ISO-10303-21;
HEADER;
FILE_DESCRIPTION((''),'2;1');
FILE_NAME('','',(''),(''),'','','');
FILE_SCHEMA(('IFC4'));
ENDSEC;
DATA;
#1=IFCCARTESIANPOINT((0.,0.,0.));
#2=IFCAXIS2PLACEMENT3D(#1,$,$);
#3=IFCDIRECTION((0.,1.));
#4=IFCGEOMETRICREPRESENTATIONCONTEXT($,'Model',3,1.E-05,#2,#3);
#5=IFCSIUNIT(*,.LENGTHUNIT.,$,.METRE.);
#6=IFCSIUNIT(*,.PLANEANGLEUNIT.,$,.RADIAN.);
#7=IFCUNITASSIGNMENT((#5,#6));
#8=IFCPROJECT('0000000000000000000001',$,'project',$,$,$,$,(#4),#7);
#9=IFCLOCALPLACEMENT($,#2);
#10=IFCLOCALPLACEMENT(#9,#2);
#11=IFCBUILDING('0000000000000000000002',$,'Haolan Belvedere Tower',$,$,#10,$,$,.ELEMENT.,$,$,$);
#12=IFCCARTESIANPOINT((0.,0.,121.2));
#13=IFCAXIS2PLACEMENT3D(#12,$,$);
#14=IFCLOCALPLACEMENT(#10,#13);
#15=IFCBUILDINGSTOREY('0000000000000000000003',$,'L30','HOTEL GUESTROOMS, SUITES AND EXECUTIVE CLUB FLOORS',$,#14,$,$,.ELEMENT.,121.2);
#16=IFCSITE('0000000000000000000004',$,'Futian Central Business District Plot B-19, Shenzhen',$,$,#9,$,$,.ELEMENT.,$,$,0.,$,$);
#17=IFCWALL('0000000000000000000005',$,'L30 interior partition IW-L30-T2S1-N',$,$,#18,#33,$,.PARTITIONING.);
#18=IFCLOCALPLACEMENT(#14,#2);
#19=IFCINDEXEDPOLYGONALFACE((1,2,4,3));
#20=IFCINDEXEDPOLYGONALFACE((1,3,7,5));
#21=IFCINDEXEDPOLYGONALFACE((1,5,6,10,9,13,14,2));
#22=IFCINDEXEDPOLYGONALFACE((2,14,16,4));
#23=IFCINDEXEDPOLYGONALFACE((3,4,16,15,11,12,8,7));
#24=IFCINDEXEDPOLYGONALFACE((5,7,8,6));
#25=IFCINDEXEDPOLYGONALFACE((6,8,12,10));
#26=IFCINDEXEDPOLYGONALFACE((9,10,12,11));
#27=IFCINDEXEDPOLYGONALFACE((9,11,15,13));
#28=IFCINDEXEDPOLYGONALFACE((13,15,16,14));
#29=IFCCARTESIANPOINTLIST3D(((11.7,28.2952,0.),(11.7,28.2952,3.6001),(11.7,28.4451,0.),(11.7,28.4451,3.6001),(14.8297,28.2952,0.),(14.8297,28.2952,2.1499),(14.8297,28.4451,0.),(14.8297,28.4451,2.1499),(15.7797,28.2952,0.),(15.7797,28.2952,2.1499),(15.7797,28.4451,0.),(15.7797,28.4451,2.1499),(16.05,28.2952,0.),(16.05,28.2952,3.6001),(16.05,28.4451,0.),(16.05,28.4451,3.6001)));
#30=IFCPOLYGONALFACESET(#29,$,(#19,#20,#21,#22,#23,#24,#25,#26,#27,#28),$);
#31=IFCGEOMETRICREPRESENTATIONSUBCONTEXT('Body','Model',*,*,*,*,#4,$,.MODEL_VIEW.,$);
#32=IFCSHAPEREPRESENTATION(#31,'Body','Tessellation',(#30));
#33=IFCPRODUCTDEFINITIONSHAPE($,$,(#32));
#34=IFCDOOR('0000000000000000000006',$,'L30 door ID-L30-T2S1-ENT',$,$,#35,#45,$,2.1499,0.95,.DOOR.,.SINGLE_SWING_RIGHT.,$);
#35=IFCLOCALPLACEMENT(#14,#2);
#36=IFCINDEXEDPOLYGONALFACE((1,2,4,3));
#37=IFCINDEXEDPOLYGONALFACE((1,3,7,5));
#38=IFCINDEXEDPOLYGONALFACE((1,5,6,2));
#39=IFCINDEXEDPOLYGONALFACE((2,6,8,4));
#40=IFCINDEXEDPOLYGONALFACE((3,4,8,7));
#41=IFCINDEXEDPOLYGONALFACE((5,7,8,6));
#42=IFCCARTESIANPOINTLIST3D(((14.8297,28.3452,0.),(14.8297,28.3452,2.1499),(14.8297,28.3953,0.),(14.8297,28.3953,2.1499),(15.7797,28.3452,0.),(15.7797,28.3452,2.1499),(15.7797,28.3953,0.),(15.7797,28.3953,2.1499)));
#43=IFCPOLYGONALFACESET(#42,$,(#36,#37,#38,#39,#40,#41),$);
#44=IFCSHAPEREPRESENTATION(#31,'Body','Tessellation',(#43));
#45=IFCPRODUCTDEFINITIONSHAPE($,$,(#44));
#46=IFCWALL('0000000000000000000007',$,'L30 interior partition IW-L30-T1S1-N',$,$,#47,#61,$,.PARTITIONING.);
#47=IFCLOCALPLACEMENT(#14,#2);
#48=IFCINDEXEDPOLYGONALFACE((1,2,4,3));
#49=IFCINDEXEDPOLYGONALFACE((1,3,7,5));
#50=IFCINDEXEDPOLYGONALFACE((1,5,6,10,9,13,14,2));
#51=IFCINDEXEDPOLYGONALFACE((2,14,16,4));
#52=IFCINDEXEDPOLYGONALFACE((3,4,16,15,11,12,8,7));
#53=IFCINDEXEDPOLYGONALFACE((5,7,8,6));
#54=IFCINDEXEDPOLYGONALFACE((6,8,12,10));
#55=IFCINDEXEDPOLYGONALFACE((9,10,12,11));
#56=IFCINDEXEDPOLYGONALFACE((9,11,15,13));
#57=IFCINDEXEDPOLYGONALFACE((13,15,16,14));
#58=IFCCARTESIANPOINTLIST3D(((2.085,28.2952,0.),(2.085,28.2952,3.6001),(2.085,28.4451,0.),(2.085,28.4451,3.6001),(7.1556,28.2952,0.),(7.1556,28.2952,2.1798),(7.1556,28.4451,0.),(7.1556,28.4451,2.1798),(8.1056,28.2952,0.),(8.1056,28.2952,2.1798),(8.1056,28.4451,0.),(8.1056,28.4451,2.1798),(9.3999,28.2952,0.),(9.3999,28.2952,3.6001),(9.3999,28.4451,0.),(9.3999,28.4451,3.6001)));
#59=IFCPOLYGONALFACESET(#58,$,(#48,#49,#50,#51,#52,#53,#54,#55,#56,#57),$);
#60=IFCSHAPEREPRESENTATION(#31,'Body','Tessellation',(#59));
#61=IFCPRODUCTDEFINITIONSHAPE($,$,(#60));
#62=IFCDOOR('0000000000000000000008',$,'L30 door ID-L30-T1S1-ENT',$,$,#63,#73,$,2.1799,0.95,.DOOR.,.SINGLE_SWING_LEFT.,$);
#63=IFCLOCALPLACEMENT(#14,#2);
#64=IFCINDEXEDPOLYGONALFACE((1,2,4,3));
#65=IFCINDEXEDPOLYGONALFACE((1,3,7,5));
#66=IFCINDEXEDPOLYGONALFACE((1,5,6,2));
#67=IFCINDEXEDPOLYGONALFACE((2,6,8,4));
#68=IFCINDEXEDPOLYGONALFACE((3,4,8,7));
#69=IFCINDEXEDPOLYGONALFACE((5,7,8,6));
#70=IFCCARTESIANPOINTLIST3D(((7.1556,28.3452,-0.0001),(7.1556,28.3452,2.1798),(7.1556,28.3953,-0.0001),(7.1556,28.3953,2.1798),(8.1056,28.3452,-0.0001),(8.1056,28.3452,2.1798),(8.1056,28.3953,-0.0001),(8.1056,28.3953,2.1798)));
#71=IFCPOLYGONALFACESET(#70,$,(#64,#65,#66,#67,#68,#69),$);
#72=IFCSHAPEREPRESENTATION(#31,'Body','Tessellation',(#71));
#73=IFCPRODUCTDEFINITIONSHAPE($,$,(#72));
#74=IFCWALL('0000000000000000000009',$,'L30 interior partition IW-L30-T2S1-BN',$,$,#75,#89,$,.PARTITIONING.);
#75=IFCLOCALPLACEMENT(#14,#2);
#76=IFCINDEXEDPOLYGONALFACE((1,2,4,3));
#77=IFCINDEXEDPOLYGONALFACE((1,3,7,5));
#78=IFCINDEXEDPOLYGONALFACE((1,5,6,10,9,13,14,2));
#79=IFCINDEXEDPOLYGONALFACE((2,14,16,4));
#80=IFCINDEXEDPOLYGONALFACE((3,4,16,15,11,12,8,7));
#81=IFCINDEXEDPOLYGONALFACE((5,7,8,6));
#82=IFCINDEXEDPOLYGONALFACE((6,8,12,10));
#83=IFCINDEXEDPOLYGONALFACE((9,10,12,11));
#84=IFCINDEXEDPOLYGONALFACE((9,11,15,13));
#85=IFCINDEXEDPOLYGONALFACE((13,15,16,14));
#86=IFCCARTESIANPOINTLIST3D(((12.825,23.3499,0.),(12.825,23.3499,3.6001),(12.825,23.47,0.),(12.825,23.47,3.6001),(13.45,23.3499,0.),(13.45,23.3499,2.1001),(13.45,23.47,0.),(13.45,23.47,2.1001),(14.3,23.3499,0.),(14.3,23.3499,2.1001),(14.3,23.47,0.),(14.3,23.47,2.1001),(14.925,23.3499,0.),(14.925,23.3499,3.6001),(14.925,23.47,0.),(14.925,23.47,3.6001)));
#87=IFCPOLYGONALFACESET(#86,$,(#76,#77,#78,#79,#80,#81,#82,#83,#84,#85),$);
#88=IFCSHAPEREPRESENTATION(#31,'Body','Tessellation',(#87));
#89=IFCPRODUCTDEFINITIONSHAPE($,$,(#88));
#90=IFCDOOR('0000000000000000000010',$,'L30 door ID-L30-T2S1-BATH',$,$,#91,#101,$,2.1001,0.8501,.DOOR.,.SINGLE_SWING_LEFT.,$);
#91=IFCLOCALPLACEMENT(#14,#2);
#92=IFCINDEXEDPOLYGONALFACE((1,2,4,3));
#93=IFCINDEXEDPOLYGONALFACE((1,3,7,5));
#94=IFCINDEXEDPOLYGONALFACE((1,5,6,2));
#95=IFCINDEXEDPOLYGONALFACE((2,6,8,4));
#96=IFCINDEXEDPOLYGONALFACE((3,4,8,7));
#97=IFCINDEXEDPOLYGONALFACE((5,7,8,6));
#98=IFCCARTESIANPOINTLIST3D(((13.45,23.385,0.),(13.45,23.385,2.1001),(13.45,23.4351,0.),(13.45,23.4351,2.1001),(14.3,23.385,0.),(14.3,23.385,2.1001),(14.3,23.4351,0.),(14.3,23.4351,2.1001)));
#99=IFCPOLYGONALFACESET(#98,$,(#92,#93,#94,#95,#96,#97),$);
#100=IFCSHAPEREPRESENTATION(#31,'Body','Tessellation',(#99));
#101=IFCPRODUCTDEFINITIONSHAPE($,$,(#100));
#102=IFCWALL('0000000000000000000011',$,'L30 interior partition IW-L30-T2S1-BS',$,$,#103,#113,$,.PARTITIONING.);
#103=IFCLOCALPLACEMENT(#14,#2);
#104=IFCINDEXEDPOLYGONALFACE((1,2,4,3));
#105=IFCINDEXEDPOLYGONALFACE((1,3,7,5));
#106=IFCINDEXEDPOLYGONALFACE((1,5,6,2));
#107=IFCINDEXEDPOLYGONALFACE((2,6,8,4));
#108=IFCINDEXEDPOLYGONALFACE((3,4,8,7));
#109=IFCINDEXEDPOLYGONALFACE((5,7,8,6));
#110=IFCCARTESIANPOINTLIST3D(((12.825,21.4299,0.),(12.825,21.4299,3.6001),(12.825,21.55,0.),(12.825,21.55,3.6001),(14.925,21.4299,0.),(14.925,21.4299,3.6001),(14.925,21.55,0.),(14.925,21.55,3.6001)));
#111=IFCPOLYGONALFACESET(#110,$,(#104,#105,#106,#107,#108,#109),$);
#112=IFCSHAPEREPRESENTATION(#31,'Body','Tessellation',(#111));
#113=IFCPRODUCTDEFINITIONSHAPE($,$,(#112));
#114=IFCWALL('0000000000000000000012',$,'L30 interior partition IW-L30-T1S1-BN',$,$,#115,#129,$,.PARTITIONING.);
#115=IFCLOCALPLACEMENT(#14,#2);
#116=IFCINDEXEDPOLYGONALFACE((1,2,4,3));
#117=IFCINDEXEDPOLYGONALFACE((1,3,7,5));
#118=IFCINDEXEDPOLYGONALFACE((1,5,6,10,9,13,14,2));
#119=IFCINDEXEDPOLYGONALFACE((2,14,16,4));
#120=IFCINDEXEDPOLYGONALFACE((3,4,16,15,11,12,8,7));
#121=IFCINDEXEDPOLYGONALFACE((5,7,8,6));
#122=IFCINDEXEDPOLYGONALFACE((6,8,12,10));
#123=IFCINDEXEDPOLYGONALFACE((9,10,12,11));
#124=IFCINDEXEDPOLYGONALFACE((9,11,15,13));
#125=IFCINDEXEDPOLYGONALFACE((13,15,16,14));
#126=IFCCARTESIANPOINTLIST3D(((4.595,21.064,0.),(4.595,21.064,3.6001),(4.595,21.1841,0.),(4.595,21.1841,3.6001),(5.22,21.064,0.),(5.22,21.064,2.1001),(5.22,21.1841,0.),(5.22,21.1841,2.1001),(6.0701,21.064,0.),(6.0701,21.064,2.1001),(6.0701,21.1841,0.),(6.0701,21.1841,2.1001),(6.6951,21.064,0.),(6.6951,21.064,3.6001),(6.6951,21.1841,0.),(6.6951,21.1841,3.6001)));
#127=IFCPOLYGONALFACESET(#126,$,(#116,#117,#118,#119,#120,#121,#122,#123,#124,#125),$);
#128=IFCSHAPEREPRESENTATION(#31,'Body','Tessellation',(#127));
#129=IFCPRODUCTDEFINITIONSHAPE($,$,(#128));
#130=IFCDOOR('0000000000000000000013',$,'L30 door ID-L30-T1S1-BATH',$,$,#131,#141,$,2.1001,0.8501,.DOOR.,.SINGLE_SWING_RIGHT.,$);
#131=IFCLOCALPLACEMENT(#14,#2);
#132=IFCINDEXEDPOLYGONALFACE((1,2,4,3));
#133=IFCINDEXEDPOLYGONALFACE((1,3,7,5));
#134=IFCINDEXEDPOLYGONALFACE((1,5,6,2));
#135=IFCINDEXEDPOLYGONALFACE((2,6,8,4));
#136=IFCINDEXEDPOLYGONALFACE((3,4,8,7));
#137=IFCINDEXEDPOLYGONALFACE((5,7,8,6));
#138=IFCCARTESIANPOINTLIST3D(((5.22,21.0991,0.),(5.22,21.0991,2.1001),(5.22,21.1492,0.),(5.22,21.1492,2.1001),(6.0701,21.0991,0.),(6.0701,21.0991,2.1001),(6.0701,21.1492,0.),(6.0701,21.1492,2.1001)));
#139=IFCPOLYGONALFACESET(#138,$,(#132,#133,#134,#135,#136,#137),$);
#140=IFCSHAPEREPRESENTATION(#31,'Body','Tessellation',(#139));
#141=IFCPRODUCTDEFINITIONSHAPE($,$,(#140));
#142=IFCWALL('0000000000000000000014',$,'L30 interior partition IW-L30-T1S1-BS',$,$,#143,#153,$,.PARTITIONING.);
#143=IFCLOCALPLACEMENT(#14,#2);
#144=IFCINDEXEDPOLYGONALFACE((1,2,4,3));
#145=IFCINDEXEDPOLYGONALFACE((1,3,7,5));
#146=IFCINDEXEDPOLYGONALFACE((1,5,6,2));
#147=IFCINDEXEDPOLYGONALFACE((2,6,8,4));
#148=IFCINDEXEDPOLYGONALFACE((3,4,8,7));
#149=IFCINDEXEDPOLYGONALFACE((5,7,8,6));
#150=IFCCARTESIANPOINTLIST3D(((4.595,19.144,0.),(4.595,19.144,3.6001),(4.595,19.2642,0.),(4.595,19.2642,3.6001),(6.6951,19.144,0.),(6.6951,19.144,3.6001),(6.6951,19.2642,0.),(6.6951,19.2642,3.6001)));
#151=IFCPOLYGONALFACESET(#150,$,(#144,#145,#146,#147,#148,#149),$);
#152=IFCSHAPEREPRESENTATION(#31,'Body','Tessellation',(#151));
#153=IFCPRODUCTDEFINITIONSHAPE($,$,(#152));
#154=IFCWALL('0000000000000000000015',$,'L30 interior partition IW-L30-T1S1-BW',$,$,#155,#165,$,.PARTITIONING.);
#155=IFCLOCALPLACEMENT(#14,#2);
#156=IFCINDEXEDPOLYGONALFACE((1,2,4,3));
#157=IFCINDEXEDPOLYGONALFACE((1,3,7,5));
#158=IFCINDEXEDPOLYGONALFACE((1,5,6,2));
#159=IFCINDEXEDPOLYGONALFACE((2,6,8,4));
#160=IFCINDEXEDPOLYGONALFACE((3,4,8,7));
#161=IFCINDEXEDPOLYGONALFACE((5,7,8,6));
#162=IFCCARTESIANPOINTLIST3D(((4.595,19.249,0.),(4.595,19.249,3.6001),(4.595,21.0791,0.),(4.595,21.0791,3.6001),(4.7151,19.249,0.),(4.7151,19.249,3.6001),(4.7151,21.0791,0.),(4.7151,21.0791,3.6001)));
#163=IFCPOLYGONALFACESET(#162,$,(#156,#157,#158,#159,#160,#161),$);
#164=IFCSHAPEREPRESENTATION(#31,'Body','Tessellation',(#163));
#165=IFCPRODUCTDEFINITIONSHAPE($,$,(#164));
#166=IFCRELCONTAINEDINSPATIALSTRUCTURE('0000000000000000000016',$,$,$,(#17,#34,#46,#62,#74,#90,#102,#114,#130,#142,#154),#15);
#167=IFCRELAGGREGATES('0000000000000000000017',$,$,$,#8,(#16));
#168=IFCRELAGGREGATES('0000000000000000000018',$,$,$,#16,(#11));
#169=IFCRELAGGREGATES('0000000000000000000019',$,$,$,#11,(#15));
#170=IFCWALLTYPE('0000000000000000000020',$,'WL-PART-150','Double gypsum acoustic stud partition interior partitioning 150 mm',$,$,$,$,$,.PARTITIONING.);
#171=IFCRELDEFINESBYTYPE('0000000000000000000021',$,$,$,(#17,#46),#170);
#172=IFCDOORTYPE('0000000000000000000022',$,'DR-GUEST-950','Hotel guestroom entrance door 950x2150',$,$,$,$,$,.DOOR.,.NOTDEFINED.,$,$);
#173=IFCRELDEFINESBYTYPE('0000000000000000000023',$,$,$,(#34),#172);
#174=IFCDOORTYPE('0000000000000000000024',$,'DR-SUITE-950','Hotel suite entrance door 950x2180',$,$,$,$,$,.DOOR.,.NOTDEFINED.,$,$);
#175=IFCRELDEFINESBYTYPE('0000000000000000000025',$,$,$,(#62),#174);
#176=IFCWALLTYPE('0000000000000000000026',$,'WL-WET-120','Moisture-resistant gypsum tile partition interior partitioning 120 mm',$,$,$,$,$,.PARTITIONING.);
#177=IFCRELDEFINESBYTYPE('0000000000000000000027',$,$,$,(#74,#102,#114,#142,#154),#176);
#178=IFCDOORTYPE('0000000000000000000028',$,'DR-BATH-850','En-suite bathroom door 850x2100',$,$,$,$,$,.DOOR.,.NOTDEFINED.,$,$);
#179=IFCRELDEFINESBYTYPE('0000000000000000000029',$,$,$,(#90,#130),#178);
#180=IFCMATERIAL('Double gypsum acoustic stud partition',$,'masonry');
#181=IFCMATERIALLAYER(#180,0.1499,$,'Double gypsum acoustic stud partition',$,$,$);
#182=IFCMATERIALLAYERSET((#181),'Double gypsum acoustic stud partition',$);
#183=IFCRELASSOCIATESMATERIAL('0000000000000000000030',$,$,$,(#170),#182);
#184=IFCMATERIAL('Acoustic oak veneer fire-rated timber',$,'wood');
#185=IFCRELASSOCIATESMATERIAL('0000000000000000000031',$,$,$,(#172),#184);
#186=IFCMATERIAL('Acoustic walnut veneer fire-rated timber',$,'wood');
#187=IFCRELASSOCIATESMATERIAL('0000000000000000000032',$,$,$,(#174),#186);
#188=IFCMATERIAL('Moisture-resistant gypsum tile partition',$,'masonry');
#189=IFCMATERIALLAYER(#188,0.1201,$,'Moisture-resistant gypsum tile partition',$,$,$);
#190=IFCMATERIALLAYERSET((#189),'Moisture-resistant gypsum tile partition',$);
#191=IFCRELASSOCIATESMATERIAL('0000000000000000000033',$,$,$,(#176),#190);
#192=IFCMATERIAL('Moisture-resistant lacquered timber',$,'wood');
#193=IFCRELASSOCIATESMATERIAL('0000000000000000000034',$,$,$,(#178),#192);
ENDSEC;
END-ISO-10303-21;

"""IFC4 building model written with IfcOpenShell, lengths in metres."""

from ifc_helpers import new_model, si_unit, direction, frame, frame_2d, origin, place, context, subcontext, project, spatial, rectangle, extrude, material, layer, layer_set, type_object, element, fill, save


model = new_model("IFC4")

# Units and contexts
model_context = context("Model", 3, precision=1e-05, world=origin(), true_north=direction((0.0, 1.0)))
body_context = subcontext(model_context, "Body", "Model", "MODEL_VIEW")
ifc_project = project(units=[si_unit("LENGTHUNIT", "METRE"), si_unit("PLANEANGLEUNIT", "RADIAN")], contexts=[model_context])

# Site, building, storey
site_placement = place(None, origin())
site = spatial("IfcSite", under=ifc_project, at=site_placement, Name="Futian Central Business District Plot B-19, Shenzhen", CompositionType="ELEMENT", RefElevation=0.0)
building_placement = place(site_placement, origin())
building = spatial("IfcBuilding", under=site, at=building_placement, Name="Haolan Belvedere Tower", CompositionType="ELEMENT")
storey_placement = place(building_placement, frame((0.0, 0.0, 121.2)))
storey = spatial("IfcBuildingStorey", under=building, at=storey_placement, Name="L30", Description="HOTEL GUESTROOMS, SUITES AND EXECUTIVE CLUB FLOORS", CompositionType="ELEMENT", Elevation=121.2)

# Walls, openings, doors
ifc_material_1 = material(Name="Double gypsum acoustic stud partition", Category="masonry")
ifc_layer_1 = layer(ifc_material_1, 0.1499, Name="Double gypsum acoustic stud partition")
ifc_layer_set_1 = layer_set([ifc_layer_1], Name="Double gypsum acoustic stud partition")
wall_type_1 = type_object("IfcWallType", Name="WL-PART-150", Description="Double gypsum acoustic stud partition interior partitioning 150 mm", PredefinedType="PARTITIONING", material=ifc_layer_set_1)
wall_1_placement = place(storey_placement, frame((11.7, 28.3701, 0.0), z_axis=(0.0, 0.0, 1.0), x_axis=(1.0, 0.0, 0.0)))
wall_1 = element("IfcWall", 1, at=wall_1_placement, inside=storey, type_object=wall_type_1, Name="L30 interior partition IW-L30-T2S1-N", PredefinedType="PARTITIONING", context=body_context, shape_type="SweptSolid", body=[
    extrude(rectangle(XDim=4.3501, YDim=0.1499, at=frame_2d((2.175, 0.0))), origin(), (0.0, 0.0, 1.0), 3.6001),
])
opening_1_placement = place(wall_1_placement, frame((4.0798, 0.0, 0.0), z_axis=(0.0, 0.0, 1.0), x_axis=(-1.0, 0.0, 0.0)))
opening_1 = element("IfcOpeningElement", 2, at=opening_1_placement, cuts=wall_1, PredefinedType="OPENING", context=body_context, shape_type="SweptSolid", body=[
    extrude(rectangle(XDim=0.95, YDim=2.1499, at=frame_2d((0.4751, 1.075))), frame((0.0, 0.085, 0.0), z_axis=(0.0, -1.0, 0.0), x_axis=(1.0, 0.0, 0.0)), (0.0, 0.0, 1.0), 0.1699),
])
ifc_material_2 = material(Name="Acoustic oak veneer fire-rated timber", Category="wood")
door_type_1 = type_object("IfcDoorType", Name="DR-GUEST-950", Description="Hotel guestroom entrance door 950x2150", OperationType="NOTDEFINED", PredefinedType="DOOR", material=ifc_material_2)
door_1_placement = place(opening_1_placement, origin())
door_1 = element("IfcDoor", 3, at=door_1_placement, inside=storey, type_object=door_type_1, Name="L30 door ID-L30-T2S1-ENT", OperationType="SINGLE_SWING_RIGHT", OverallHeight=2.1499, OverallWidth=0.95, PredefinedType="DOOR", context=body_context, shape_type="SweptSolid", body=[
    extrude(rectangle(XDim=0.95, YDim=2.1499, at=frame_2d((0.4751, 1.075))), frame((0.0, 0.0249, 0.0), z_axis=(0.0, -1.0, 0.0), x_axis=(1.0, 0.0, 0.0)), (0.0, 0.0, 1.0), 0.05),
])
fill(opening_1, door_1)
wall_2_placement = place(storey_placement, frame((2.085, 28.3701, 0.0), z_axis=(0.0, 0.0, 1.0), x_axis=(1.0, 0.0, 0.0)))
wall_2 = element("IfcWall", 4, at=wall_2_placement, inside=storey, type_object=wall_type_1, Name="L30 interior partition IW-L30-T1S1-N", PredefinedType="PARTITIONING", context=body_context, shape_type="SweptSolid", body=[
    extrude(rectangle(XDim=7.3149, YDim=0.1499, at=frame_2d((3.6575, 0.0))), origin(), (0.0, 0.0, 1.0), 3.6001),
])
opening_2_placement = place(wall_2_placement, frame((6.0208, 0.0, 0.0), z_axis=(0.0, 0.0, 1.0), x_axis=(-1.0, 0.0, 0.0)))
opening_2 = element("IfcOpeningElement", 5, at=opening_2_placement, cuts=wall_2, PredefinedType="OPENING", context=body_context, shape_type="SweptSolid", body=[
    extrude(rectangle(XDim=0.95, YDim=2.1799, at=frame_2d((0.4751, 1.0898))), frame((0.0, 0.085, 0.0), z_axis=(0.0, -1.0, 0.0), x_axis=(1.0, 0.0, 0.0)), (0.0, 0.0, 1.0), 0.1699),
])
ifc_material_3 = material(Name="Acoustic walnut veneer fire-rated timber", Category="wood")
door_type_2 = type_object("IfcDoorType", Name="DR-SUITE-950", Description="Hotel suite entrance door 950x2180", OperationType="NOTDEFINED", PredefinedType="DOOR", material=ifc_material_3)
door_2_placement = place(opening_2_placement, origin())
door_2 = element("IfcDoor", 6, at=door_2_placement, inside=storey, type_object=door_type_2, Name="L30 door ID-L30-T1S1-ENT", OperationType="SINGLE_SWING_LEFT", OverallHeight=2.1799, OverallWidth=0.95, PredefinedType="DOOR", context=body_context, shape_type="SweptSolid", body=[
    extrude(rectangle(XDim=0.95, YDim=2.1799, at=frame_2d((0.4751, 1.0898))), frame((0.0, 0.0249, 0.0), z_axis=(0.0, -1.0, 0.0), x_axis=(1.0, 0.0, 0.0)), (0.0, 0.0, 1.0), 0.05),
])
fill(opening_2, door_2)
ifc_material_4 = material(Name="Moisture-resistant gypsum tile partition", Category="masonry")
ifc_layer_2 = layer(ifc_material_4, 0.1201, Name="Moisture-resistant gypsum tile partition")
ifc_layer_set_2 = layer_set([ifc_layer_2], Name="Moisture-resistant gypsum tile partition")
wall_type_2 = type_object("IfcWallType", Name="WL-WET-120", Description="Moisture-resistant gypsum tile partition interior partitioning 120 mm", PredefinedType="PARTITIONING", material=ifc_layer_set_2)
wall_3_placement = place(storey_placement, frame((12.825, 23.4099, 0.0), z_axis=(0.0, 0.0, 1.0), x_axis=(1.0, 0.0, 0.0)))
wall_3 = element("IfcWall", 7, at=wall_3_placement, inside=storey, type_object=wall_type_2, Name="L30 interior partition IW-L30-T2S1-BN", PredefinedType="PARTITIONING", context=body_context, shape_type="SweptSolid", body=[
    extrude(rectangle(XDim=2.1001, YDim=0.1201, at=frame_2d((1.05, 0.0))), origin(), (0.0, 0.0, 1.0), 3.6001),
])
opening_3_placement = place(wall_3_placement, frame((1.4751, 0.0, 0.0), z_axis=(0.0, 0.0, 1.0), x_axis=(-1.0, 0.0, 0.0)))
opening_3 = element("IfcOpeningElement", 8, at=opening_3_placement, cuts=wall_3, PredefinedType="OPENING", context=body_context, shape_type="SweptSolid", body=[
    extrude(rectangle(XDim=0.8501, YDim=2.1001, at=frame_2d((0.425, 1.05))), frame((0.0, 0.0701, 0.0), z_axis=(0.0, -1.0, 0.0), x_axis=(1.0, 0.0, 0.0)), (0.0, 0.0, 1.0), 0.1401),
])
ifc_material_5 = material(Name="Moisture-resistant lacquered timber", Category="wood")
door_type_3 = type_object("IfcDoorType", Name="DR-BATH-850", Description="En-suite bathroom door 850x2100", OperationType="NOTDEFINED", PredefinedType="DOOR", material=ifc_material_5)
door_3_placement = place(opening_3_placement, origin())
door_3 = element("IfcDoor", 9, at=door_3_placement, inside=storey, type_object=door_type_3, Name="L30 door ID-L30-T2S1-BATH", OperationType="SINGLE_SWING_LEFT", OverallHeight=2.1001, OverallWidth=0.8501, PredefinedType="DOOR", context=body_context, shape_type="SweptSolid", body=[
    extrude(rectangle(XDim=0.8501, YDim=2.1001, at=frame_2d((0.425, 1.05))), frame((0.0, 0.0249, 0.0), z_axis=(0.0, -1.0, 0.0), x_axis=(1.0, 0.0, 0.0)), (0.0, 0.0, 1.0), 0.05),
])
fill(opening_3, door_3)

# Wall
wall_4_placement = place(storey_placement, frame((12.825, 21.49, 0.0), z_axis=(0.0, 0.0, 1.0), x_axis=(1.0, 0.0, 0.0)))
element("IfcWall", 10, at=wall_4_placement, inside=storey, type_object=wall_type_2, Name="L30 interior partition IW-L30-T2S1-BS", PredefinedType="PARTITIONING", context=body_context, shape_type="SweptSolid", body=[
    extrude(rectangle(XDim=2.1001, YDim=0.1201, at=frame_2d((1.05, 0.0))), origin(), (0.0, 0.0, 1.0), 3.6001),
])

# Wall, opening, door
wall_5_placement = place(storey_placement, frame((4.595, 21.124, 0.0), z_axis=(0.0, 0.0, 1.0), x_axis=(1.0, 0.0, 0.0)))
wall_5 = element("IfcWall", 11, at=wall_5_placement, inside=storey, type_object=wall_type_2, Name="L30 interior partition IW-L30-T1S1-BN", PredefinedType="PARTITIONING", context=body_context, shape_type="SweptSolid", body=[
    extrude(rectangle(XDim=2.1001, YDim=0.1201, at=frame_2d((1.05, 0.0))), origin(), (0.0, 0.0, 1.0), 3.6001),
])
opening_4_placement = place(wall_5_placement, frame((1.4751, 0.0, 0.0), z_axis=(0.0, 0.0, 1.0), x_axis=(-1.0, 0.0, 0.0)))
opening_4 = element("IfcOpeningElement", 12, at=opening_4_placement, cuts=wall_5, PredefinedType="OPENING", context=body_context, shape_type="SweptSolid", body=[
    extrude(rectangle(XDim=0.8501, YDim=2.1001, at=frame_2d((0.425, 1.05))), frame((0.0, 0.0701, 0.0), z_axis=(0.0, -1.0, 0.0), x_axis=(1.0, 0.0, 0.0)), (0.0, 0.0, 1.0), 0.1401),
])
door_4_placement = place(opening_4_placement, origin())
door_4 = element("IfcDoor", 13, at=door_4_placement, inside=storey, type_object=door_type_3, Name="L30 door ID-L30-T1S1-BATH", OperationType="SINGLE_SWING_RIGHT", OverallHeight=2.1001, OverallWidth=0.8501, PredefinedType="DOOR", context=body_context, shape_type="SweptSolid", body=[
    extrude(rectangle(XDim=0.8501, YDim=2.1001, at=frame_2d((0.425, 1.05))), frame((0.0, 0.0249, 0.0), z_axis=(0.0, -1.0, 0.0), x_axis=(1.0, 0.0, 0.0)), (0.0, 0.0, 1.0), 0.05),
])
fill(opening_4, door_4)

# Walls
wall_6_placement = place(storey_placement, frame((4.595, 19.2041, 0.0), z_axis=(0.0, 0.0, 1.0), x_axis=(1.0, 0.0, 0.0)))
element("IfcWall", 14, at=wall_6_placement, inside=storey, type_object=wall_type_2, Name="L30 interior partition IW-L30-T1S1-BS", PredefinedType="PARTITIONING", context=body_context, shape_type="SweptSolid", body=[
    extrude(rectangle(XDim=2.1001, YDim=0.1201, at=frame_2d((1.05, 0.0))), origin(), (0.0, 0.0, 1.0), 3.6001),
])
for number, where, z_axis, x_axis, name in (
    (15, (4.655, 19.249, 0.0), (0.0, 0.0, 1.0), (0.0, 1.0, 0.0), "L30 interior partition IW-L30-T1S1-BW"),
):
    element("IfcWall", number, at=place(storey_placement, frame(where, z_axis=z_axis, x_axis=x_axis)), inside=storey, type_object=wall_type_2, Name=name, PredefinedType="PARTITIONING", context=body_context, shape_type="SweptSolid", body=[
        extrude(rectangle(XDim=1.8301, YDim=0.1201, at=frame_2d((0.915, 0.0))), origin(), (0.0, 0.0, 1.0), 3.6001),
    ])

save(model, "model.ifc")
